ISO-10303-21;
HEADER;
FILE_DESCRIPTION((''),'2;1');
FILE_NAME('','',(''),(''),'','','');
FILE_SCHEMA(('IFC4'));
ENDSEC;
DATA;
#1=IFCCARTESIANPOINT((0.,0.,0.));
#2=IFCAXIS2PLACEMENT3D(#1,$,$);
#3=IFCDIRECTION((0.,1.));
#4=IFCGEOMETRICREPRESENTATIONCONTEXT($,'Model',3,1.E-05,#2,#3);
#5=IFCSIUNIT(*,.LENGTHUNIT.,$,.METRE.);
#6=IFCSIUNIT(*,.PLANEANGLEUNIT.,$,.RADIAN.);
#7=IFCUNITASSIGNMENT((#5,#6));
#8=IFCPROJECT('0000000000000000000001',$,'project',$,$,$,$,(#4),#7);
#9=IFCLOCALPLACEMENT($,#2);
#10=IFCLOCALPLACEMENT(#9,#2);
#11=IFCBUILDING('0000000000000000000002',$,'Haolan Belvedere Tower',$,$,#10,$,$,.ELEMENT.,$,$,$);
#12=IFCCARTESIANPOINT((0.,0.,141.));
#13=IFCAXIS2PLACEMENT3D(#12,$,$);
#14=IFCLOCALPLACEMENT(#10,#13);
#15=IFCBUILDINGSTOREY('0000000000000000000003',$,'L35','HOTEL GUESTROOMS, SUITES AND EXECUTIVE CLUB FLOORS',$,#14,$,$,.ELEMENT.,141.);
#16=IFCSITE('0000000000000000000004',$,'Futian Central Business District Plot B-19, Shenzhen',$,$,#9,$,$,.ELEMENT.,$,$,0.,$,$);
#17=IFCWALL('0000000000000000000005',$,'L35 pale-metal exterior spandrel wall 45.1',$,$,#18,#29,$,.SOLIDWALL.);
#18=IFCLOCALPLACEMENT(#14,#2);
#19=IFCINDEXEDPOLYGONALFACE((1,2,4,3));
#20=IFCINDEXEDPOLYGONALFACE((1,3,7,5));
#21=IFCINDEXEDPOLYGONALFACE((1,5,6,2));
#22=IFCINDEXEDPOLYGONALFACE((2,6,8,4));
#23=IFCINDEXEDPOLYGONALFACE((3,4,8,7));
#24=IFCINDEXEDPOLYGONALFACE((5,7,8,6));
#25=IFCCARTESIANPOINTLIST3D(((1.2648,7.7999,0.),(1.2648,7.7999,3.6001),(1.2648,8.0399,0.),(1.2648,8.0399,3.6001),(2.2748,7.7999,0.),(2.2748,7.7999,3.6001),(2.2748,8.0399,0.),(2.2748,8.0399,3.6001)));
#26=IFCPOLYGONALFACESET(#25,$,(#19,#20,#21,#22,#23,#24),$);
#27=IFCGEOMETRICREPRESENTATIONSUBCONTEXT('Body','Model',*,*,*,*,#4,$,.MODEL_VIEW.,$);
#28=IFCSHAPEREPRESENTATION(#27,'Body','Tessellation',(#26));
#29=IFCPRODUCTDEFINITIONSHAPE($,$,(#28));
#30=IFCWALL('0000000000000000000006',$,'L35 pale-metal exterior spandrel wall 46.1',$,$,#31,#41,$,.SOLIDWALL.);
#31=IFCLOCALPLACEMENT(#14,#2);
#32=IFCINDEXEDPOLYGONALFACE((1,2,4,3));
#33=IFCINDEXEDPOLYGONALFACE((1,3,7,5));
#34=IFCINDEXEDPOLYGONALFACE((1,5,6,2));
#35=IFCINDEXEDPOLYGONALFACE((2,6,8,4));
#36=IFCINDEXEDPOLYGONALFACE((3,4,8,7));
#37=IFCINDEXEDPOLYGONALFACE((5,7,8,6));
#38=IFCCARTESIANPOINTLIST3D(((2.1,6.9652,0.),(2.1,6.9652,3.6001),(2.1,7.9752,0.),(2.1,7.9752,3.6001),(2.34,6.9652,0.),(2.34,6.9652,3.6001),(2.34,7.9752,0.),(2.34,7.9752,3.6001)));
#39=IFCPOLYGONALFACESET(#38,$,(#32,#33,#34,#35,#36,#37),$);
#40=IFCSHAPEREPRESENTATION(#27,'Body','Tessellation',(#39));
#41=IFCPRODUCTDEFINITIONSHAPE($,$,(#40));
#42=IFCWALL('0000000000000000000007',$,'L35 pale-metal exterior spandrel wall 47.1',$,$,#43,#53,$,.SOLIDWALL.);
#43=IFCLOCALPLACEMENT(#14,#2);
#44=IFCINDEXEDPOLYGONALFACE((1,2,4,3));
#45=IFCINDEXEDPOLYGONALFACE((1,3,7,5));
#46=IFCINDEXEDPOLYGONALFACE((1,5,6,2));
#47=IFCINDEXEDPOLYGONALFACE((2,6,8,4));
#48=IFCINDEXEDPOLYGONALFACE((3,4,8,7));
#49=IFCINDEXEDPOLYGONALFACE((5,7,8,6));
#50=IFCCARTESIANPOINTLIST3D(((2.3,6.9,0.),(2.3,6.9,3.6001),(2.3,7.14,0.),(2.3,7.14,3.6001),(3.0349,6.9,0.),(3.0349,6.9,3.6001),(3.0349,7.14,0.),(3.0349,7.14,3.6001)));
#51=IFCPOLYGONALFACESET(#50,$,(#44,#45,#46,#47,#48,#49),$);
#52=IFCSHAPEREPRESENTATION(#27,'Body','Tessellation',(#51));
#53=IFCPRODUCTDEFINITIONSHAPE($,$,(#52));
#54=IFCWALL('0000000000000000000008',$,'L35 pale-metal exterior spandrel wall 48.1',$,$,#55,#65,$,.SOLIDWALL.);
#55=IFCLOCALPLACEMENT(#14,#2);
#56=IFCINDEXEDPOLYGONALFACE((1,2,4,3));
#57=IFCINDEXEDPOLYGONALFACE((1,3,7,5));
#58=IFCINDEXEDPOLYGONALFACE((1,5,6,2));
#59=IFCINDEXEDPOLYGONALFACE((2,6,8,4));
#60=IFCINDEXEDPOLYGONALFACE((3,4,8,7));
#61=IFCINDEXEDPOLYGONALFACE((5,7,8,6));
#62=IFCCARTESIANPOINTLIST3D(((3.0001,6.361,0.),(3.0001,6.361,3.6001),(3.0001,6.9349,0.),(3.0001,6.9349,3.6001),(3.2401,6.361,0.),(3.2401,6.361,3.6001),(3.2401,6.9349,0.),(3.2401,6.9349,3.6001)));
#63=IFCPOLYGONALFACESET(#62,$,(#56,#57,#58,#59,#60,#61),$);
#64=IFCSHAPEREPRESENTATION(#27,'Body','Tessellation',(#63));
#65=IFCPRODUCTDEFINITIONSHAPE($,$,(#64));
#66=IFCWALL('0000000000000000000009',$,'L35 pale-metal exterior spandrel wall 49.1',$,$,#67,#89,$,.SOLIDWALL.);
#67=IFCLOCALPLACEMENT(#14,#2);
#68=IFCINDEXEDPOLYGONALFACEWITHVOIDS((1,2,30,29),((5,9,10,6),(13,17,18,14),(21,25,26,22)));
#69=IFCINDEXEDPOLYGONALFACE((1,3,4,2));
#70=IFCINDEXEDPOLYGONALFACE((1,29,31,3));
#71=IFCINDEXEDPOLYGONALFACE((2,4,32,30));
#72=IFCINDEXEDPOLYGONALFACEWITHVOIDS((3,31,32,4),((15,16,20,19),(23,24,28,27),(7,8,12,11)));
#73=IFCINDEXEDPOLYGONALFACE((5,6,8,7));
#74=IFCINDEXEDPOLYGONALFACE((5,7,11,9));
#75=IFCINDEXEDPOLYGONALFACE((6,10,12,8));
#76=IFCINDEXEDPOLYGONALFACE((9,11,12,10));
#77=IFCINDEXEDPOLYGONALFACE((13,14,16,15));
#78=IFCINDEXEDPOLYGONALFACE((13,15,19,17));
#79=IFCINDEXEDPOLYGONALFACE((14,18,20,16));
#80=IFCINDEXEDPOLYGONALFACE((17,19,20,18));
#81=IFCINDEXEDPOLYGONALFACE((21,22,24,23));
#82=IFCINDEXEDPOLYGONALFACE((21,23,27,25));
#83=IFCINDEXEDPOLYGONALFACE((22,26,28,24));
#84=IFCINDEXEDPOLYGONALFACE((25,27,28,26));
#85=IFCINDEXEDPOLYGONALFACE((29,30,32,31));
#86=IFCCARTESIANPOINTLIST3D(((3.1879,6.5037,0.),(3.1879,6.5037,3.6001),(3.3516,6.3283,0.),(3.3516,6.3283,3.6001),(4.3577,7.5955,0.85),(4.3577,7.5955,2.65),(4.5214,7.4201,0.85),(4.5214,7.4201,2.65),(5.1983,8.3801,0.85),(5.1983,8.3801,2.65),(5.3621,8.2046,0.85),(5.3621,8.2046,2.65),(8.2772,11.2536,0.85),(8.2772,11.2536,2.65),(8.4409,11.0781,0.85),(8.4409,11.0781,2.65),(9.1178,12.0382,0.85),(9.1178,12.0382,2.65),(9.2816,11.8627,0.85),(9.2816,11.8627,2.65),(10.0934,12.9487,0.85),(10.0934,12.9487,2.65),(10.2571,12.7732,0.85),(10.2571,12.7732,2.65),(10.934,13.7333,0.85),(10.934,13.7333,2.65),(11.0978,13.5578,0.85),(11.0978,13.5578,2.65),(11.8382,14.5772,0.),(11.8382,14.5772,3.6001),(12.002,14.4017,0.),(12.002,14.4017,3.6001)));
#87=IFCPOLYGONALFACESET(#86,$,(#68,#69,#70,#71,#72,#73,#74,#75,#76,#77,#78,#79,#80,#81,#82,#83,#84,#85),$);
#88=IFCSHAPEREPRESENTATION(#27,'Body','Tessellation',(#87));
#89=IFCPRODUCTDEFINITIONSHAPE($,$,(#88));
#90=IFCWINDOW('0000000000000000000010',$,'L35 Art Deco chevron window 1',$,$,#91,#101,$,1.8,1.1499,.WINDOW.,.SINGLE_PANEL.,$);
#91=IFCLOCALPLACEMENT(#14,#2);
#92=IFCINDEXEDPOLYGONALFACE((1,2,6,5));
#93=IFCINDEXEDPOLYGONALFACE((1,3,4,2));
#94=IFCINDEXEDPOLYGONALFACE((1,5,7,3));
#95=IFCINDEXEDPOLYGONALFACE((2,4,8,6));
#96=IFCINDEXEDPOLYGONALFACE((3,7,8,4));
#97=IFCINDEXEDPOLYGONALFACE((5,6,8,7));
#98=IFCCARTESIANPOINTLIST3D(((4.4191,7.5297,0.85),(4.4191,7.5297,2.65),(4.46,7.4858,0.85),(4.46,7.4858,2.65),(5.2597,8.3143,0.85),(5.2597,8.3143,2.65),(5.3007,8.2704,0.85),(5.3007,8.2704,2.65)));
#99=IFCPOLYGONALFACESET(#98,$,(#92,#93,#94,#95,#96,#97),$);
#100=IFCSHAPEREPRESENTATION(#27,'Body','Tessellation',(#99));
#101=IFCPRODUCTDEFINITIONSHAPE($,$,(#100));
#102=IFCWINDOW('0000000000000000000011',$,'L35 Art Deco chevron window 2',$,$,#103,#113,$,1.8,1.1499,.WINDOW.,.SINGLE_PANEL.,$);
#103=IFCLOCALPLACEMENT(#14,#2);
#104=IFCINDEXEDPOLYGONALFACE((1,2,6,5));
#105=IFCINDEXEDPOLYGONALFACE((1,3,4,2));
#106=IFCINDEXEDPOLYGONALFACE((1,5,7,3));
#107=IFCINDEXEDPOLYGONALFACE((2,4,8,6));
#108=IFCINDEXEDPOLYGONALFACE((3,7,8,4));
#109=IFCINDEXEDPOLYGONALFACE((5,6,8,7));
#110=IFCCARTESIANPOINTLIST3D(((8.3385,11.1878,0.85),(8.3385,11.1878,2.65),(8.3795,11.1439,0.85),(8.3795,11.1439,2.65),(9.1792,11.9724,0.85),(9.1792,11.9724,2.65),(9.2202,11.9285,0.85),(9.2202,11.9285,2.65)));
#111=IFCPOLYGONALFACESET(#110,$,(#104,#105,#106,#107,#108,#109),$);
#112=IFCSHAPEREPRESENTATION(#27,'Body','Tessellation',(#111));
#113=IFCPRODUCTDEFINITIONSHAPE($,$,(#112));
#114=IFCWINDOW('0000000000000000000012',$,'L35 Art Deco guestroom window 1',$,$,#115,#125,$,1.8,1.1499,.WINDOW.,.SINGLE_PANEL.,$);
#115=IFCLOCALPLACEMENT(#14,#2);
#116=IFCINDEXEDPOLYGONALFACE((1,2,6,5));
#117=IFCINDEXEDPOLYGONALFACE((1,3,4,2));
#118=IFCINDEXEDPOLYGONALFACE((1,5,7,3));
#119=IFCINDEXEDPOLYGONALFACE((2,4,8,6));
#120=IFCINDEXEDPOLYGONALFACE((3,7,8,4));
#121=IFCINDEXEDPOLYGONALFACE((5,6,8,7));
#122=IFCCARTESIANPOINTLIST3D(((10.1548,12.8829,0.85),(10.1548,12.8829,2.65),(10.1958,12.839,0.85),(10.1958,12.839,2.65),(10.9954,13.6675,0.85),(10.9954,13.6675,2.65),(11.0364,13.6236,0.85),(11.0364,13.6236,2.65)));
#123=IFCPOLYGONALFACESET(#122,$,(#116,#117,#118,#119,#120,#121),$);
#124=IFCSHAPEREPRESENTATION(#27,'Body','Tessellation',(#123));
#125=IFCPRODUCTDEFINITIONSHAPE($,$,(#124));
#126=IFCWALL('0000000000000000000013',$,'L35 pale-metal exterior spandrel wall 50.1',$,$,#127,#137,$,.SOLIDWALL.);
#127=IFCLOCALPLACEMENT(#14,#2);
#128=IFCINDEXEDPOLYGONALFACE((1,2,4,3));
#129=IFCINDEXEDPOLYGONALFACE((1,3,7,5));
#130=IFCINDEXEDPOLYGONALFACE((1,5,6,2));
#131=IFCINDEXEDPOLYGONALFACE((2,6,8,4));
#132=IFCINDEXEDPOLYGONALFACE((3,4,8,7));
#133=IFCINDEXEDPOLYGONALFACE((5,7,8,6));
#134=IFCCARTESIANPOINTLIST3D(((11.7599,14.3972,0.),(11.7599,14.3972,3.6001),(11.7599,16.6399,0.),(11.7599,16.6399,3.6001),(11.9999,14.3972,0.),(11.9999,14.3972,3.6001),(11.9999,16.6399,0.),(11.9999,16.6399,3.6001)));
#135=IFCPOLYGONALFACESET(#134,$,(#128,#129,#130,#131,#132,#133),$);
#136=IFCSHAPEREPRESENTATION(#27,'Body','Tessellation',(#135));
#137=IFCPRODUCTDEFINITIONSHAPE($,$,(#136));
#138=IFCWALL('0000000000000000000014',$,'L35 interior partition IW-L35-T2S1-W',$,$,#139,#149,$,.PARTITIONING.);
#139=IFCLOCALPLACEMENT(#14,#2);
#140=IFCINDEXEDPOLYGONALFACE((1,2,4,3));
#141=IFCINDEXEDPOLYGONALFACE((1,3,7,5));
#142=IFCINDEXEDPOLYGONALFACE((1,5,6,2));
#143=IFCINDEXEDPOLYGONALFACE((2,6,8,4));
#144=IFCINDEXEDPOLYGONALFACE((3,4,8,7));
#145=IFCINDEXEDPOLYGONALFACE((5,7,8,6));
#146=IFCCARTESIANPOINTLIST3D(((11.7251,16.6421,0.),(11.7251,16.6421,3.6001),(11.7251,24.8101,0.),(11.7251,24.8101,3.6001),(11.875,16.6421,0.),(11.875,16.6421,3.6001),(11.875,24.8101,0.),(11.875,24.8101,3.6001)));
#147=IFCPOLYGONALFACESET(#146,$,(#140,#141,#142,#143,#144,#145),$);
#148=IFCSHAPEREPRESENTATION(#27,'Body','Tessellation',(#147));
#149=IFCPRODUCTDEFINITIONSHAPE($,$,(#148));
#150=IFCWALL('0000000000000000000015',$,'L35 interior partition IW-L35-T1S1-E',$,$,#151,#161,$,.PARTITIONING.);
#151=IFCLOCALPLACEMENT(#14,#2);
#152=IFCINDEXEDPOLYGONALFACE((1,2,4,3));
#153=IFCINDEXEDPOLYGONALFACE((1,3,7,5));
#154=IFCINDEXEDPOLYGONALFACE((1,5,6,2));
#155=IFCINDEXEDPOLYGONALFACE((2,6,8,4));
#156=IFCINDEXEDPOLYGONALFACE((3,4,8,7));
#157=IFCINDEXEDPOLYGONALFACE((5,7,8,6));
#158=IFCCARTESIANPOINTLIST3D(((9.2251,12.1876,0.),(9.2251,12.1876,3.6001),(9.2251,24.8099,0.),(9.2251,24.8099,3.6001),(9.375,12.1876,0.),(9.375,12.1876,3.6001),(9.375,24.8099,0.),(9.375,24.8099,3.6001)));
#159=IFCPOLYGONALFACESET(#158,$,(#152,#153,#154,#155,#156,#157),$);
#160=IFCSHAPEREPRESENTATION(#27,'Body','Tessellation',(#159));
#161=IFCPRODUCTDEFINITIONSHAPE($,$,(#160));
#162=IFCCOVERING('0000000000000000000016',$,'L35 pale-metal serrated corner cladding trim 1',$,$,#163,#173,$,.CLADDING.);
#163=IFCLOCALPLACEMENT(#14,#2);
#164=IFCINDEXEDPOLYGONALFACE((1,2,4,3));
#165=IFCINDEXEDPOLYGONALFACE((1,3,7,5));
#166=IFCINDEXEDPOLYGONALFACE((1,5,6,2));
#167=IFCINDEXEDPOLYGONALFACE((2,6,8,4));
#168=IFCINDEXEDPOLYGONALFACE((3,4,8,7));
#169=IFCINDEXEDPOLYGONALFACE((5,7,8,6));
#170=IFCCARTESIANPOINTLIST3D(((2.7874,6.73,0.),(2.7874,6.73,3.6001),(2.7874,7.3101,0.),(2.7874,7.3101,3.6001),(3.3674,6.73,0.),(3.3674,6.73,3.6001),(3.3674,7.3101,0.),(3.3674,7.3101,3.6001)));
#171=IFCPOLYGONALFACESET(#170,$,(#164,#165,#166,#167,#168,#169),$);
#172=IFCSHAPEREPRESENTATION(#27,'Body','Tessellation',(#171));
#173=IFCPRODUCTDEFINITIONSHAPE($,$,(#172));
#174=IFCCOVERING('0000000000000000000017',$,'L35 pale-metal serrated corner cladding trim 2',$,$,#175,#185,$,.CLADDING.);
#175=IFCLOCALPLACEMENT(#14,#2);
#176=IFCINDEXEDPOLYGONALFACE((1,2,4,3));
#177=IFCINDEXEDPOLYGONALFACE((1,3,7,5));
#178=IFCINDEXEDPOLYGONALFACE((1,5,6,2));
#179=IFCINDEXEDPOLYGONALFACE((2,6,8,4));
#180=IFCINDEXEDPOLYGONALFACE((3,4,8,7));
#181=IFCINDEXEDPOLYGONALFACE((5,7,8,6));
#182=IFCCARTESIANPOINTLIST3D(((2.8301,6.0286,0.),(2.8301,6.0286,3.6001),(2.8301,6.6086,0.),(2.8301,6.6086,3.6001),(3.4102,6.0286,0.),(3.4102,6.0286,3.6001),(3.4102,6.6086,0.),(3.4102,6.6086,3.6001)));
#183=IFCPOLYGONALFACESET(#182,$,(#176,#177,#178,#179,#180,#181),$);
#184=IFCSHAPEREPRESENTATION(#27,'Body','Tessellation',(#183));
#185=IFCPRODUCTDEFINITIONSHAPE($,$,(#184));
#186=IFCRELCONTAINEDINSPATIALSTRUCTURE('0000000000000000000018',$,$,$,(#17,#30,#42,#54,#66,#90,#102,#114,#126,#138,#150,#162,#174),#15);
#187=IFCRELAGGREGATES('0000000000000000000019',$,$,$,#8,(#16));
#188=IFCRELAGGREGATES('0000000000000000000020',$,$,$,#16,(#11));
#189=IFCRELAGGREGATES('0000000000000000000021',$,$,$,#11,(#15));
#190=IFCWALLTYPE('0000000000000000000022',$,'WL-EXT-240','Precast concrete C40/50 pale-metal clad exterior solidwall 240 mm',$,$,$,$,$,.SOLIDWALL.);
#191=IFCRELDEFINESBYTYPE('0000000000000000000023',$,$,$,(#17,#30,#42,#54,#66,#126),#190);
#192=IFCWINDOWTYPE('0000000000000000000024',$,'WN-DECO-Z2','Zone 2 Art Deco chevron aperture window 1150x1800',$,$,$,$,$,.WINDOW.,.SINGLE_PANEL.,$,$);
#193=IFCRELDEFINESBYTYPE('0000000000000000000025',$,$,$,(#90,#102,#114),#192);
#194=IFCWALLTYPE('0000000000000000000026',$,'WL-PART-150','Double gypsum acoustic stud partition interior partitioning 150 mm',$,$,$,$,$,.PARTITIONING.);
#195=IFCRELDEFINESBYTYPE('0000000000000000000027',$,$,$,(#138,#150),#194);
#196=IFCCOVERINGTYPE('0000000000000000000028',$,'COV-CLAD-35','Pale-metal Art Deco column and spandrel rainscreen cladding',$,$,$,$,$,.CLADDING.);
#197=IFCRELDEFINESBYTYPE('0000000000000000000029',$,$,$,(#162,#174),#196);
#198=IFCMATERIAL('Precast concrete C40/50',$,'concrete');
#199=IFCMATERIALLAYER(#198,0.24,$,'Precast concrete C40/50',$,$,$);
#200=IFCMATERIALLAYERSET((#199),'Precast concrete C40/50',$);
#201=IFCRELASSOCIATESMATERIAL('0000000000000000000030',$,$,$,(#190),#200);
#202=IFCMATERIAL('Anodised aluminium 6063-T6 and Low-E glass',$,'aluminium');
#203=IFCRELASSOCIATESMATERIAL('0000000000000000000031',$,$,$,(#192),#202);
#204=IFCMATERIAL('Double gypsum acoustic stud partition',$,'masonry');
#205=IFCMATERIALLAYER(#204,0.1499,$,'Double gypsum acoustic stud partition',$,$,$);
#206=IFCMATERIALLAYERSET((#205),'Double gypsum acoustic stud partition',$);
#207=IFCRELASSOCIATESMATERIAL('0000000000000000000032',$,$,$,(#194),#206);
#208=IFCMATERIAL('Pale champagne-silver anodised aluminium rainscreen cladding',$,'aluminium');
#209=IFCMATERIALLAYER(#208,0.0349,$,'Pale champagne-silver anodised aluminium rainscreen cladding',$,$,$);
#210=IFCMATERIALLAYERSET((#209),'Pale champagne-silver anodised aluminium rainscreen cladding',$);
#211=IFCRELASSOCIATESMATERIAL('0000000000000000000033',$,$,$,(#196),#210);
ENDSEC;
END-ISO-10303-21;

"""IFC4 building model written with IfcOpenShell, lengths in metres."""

from ifc_helpers import new_model, si_unit, direction, frame, frame_2d, origin, origin_2d, place, context, subcontext, project, spatial, rectangle, extrude, material, layer, layer_set, type_object, element, fill, save


model = new_model("IFC4")

# Units and contexts
model_context = context("Model", 3, precision=1e-05, world=origin(), true_north=direction((0.0, 1.0)))
body_context = subcontext(model_context, "Body", "Model", "MODEL_VIEW")
ifc_project = project(units=[si_unit("LENGTHUNIT", "METRE"), si_unit("PLANEANGLEUNIT", "RADIAN")], contexts=[model_context])

# Site, building, storey
site_placement = place(None, origin())
site = spatial("IfcSite", under=ifc_project, at=site_placement, Name="Futian Central Business District Plot B-19, Shenzhen", CompositionType="ELEMENT", RefElevation=0.0)
building_placement = place(site_placement, origin())
building = spatial("IfcBuilding", under=site, at=building_placement, Name="Haolan Belvedere Tower", CompositionType="ELEMENT")
storey_placement = place(building_placement, frame((0.0, 0.0, 141.0)))
storey = spatial("IfcBuildingStorey", under=building, at=storey_placement, Name="L35", Description="HOTEL GUESTROOMS, SUITES AND EXECUTIVE CLUB FLOORS", CompositionType="ELEMENT", Elevation=141.0)

# Walls
ifc_material_1 = material(Name="Precast concrete C40/50", Category="concrete")
ifc_layer_1 = layer(ifc_material_1, 0.24, Name="Precast concrete C40/50")
ifc_layer_set_1 = layer_set([ifc_layer_1], Name="Precast concrete C40/50")
wall_type_1 = type_object("IfcWallType", Name="WL-EXT-240", Description="Precast concrete C40/50 pale-metal clad exterior solidwall 240 mm", PredefinedType="SOLIDWALL", material=ifc_layer_set_1)
for number, where, z_axis, x_axis, name in (
    (1, (1.2649, 7.9199, 0.0), (0.0, 0.0, 1.0), (1.0, 0.0, 0.0), "L35 pale-metal exterior spandrel wall 45.1"),
    (2, (2.22, 7.9751, 0.0), (0.0, 0.0, 1.0), (0.0, -1.0, 0.0), "L35 pale-metal exterior spandrel wall 46.1"),
):
    element("IfcWall", number, at=place(storey_placement, frame(where, z_axis=z_axis, x_axis=x_axis)), inside=storey, type_object=wall_type_1, Name=name, PredefinedType="SOLIDWALL", context=body_context, shape_type="SweptSolid", body=[
        extrude(rectangle(XDim=1.01, YDim=0.24, at=frame_2d((0.5049, 0.0))), origin(), (0.0, 0.0, 1.0), 3.6001),
    ])
wall_1_placement = place(storey_placement, frame((2.3, 7.02, 0.0), z_axis=(0.0, 0.0, 1.0), x_axis=(1.0, 0.0, 0.0)))
element("IfcWall", 3, at=wall_1_placement, inside=storey, type_object=wall_type_1, Name="L35 pale-metal exterior spandrel wall 47.1", PredefinedType="SOLIDWALL", context=body_context, shape_type="SweptSolid", body=[
    extrude(rectangle(XDim=0.7349, YDim=0.24, at=frame_2d((0.3674, 0.0))), origin(), (0.0, 0.0, 1.0), 3.6001),
])
wall_2_placement = place(storey_placement, frame((3.1201, 6.9351, 0.0), z_axis=(0.0, 0.0, 1.0), x_axis=(0.0, -1.0, 0.0)))
element("IfcWall", 4, at=wall_2_placement, inside=storey, type_object=wall_type_1, Name="L35 pale-metal exterior spandrel wall 48.1", PredefinedType="SOLIDWALL", context=body_context, shape_type="SweptSolid", body=[
    extrude(rectangle(XDim=0.574, YDim=0.24, at=frame_2d((0.2871, 0.0))), origin(), (0.0, 0.0, 1.0), 3.6001),
])

# Wall, openings, windows
wall_3_placement = place(storey_placement, frame((3.2698, 6.416, 0.0), z_axis=(0.0, 0.0, 1.0), x_axis=(0.731064, 0.682309, 0.0)))
wall_3 = element("IfcWall", 5, at=wall_3_placement, inside=storey, type_object=wall_type_1, Name="L35 pale-metal exterior spandrel wall 49.1", PredefinedType="SOLIDWALL", context=body_context, shape_type="SweptSolid", body=[
    extrude(rectangle(XDim=11.8325, YDim=0.24, at=frame_2d((5.9163, 0.0))), origin(), (0.0, 0.0, 1.0), 3.6001),
])
opening_1_placement = place(wall_3_placement, frame((1.6001, 0.0, 0.8501)))
opening_1 = element("IfcOpeningElement", 6, at=opening_1_placement, cuts=wall_3, PredefinedType="OPENING", context=body_context, shape_type="SweptSolid", body=[
    extrude(rectangle(XDim=1.1499, YDim=1.8, at=frame_2d((0.575, 0.8999))), frame((0.0, 0.1299, 0.0), z_axis=(0.0, -1.0, 0.0), x_axis=(1.0, 0.0, 0.0)), (0.0, 0.0, 1.0), 0.26),
])
opening_2_placement = place(wall_3_placement, frame((6.9614, 0.0, 0.8501)))
opening_2 = element("IfcOpeningElement", 7, at=opening_2_placement, cuts=wall_3, PredefinedType="OPENING", context=body_context, shape_type="SweptSolid", body=[
    extrude(rectangle(XDim=1.1499, YDim=1.8, at=frame_2d((0.575, 0.8999))), frame((0.0, 0.1299, 0.0), z_axis=(0.0, -1.0, 0.0), x_axis=(1.0, 0.0, 0.0)), (0.0, 0.0, 1.0), 0.26),
])
opening_3_placement = place(wall_3_placement, frame((9.4458, 0.0, 0.8501)))
opening_3 = element("IfcOpeningElement", 8, at=opening_3_placement, cuts=wall_3, PredefinedType="OPENING", context=body_context, shape_type="SweptSolid", body=[
    extrude(rectangle(XDim=1.1499, YDim=1.8, at=frame_2d((0.575, 0.8999))), frame((0.0, 0.1299, 0.0), z_axis=(0.0, -1.0, 0.0), x_axis=(1.0, 0.0, 0.0)), (0.0, 0.0, 1.0), 0.26),
])
ifc_material_2 = material(Name="Anodised aluminium 6063-T6 and Low-E glass", Category="aluminium")
window_type = type_object("IfcWindowType", Name="WN-DECO-Z2", Description="Zone 2 Art Deco chevron aperture window 1150x1800", PartitioningType="SINGLE_PANEL", PredefinedType="WINDOW", material=ifc_material_2)
window_1_placement = place(opening_1_placement, origin())
window_1 = element("IfcWindow", 9, at=window_1_placement, inside=storey, type_object=window_type, Name="L35 Art Deco chevron window 1", OverallHeight=1.8, OverallWidth=1.1499, PartitioningType="SINGLE_PANEL", PredefinedType="WINDOW", context=body_context, shape_type="SweptSolid", body=[
    extrude(rectangle(XDim=1.1499, YDim=1.8, at=frame_2d((0.575, 0.8999))), frame((0.0, 0.03, 0.0), z_axis=(0.0, -1.0, 0.0), x_axis=(1.0, 0.0, 0.0)), (0.0, 0.0, 1.0), 0.0601),
])
fill(opening_1, window_1)
window_2_placement = place(opening_2_placement, origin())
window_2 = element("IfcWindow", 10, at=window_2_placement, inside=storey, type_object=window_type, Name="L35 Art Deco chevron window 2", OverallHeight=1.8, OverallWidth=1.1499, PartitioningType="SINGLE_PANEL", PredefinedType="WINDOW", context=body_context, shape_type="SweptSolid", body=[
    extrude(rectangle(XDim=1.1499, YDim=1.8, at=frame_2d((0.575, 0.8999))), frame((0.0, 0.03, 0.0), z_axis=(0.0, -1.0, 0.0), x_axis=(1.0, 0.0, 0.0)), (0.0, 0.0, 1.0), 0.0601),
])
fill(opening_2, window_2)
window_3_placement = place(opening_3_placement, origin())
window_3 = element("IfcWindow", 11, at=window_3_placement, inside=storey, type_object=window_type, Name="L35 Art Deco guestroom window 1", OverallHeight=1.8, OverallWidth=1.1499, PartitioningType="SINGLE_PANEL", PredefinedType="WINDOW", context=body_context, shape_type="SweptSolid", body=[
    extrude(rectangle(XDim=1.1499, YDim=1.8, at=frame_2d((0.575, 0.8999))), frame((0.0, 0.03, 0.0), z_axis=(0.0, -1.0, 0.0), x_axis=(1.0, 0.0, 0.0)), (0.0, 0.0, 1.0), 0.0601),
])
fill(opening_3, window_3)

# Walls
wall_4_placement = place(storey_placement, frame((11.8799, 14.3972, 0.0), z_axis=(0.0, 0.0, 1.0), x_axis=(0.0, 1.0, 0.0)))
element("IfcWall", 12, at=wall_4_placement, inside=storey, type_object=wall_type_1, Name="L35 pale-metal exterior spandrel wall 50.1", PredefinedType="SOLIDWALL", context=body_context, shape_type="SweptSolid", body=[
    extrude(rectangle(XDim=2.2427, YDim=0.24, at=frame_2d((1.1213, 0.0))), origin(), (0.0, 0.0, 1.0), 3.6001),
])
ifc_material_3 = material(Name="Double gypsum acoustic stud partition", Category="masonry")
ifc_layer_2 = layer(ifc_material_3, 0.1499, Name="Double gypsum acoustic stud partition")
ifc_layer_set_2 = layer_set([ifc_layer_2], Name="Double gypsum acoustic stud partition")
wall_type_2 = type_object("IfcWallType", Name="WL-PART-150", Description="Double gypsum acoustic stud partition interior partitioning 150 mm", PredefinedType="PARTITIONING", material=ifc_layer_set_2)
wall_5_placement = place(storey_placement, frame((11.8, 16.6421, 0.0), z_axis=(0.0, 0.0, 1.0), x_axis=(0.0, 1.0, 0.0)))
element("IfcWall", 13, at=wall_5_placement, inside=storey, type_object=wall_type_2, Name="L35 interior partition IW-L35-T2S1-W", PredefinedType="PARTITIONING", context=body_context, shape_type="SweptSolid", body=[
    extrude(rectangle(XDim=8.168, YDim=0.1499, at=frame_2d((4.084, 0.0))), origin(), (0.0, 0.0, 1.0), 3.6001),
])
wall_6_placement = place(storey_placement, frame((9.3, 12.1877, 0.0), z_axis=(0.0, 0.0, 1.0), x_axis=(0.0, 1.0, 0.0)))
element("IfcWall", 14, at=wall_6_placement, inside=storey, type_object=wall_type_2, Name="L35 interior partition IW-L35-T1S1-E", PredefinedType="PARTITIONING", context=body_context, shape_type="SweptSolid", body=[
    extrude(rectangle(XDim=12.6223, YDim=0.1499, at=frame_2d((6.311, 0.0))), origin(), (0.0, 0.0, 1.0), 3.6001),
])

# Coverings
ifc_material_4 = material(Name="Pale champagne-silver anodised aluminium rainscreen cladding", Category="aluminium")
ifc_layer_3 = layer(ifc_material_4, 0.0349, Name="Pale champagne-silver anodised aluminium rainscreen cladding")
ifc_layer_set_3 = layer_set([ifc_layer_3], Name="Pale champagne-silver anodised aluminium rainscreen cladding")
covering_type_1 = type_object("IfcCoveringType", Name="COV-CLAD-35", Description="Pale-metal Art Deco column and spandrel rainscreen cladding", PredefinedType="CLADDING", material=ifc_layer_set_3)
for number, where, z_axis, x_axis, name in (
    (15, (3.0774, 7.02, 0.0), (0.0, 0.0, 1.0), (1.0, 0.0, 0.0), "L35 pale-metal serrated corner cladding trim 1"),
    (16, (3.1201, 6.3186, 0.0), (0.0, 0.0, 1.0), (1.0, 0.0, 0.0), "L35 pale-metal serrated corner cladding trim 2"),
):
    element("IfcCovering", number, at=place(storey_placement, frame(where, z_axis=z_axis, x_axis=x_axis)), inside=storey, type_object=covering_type_1, Name=name, PredefinedType="CLADDING", context=body_context, shape_type="SweptSolid", body=[
        extrude(rectangle(XDim=0.5801, YDim=0.5801, at=origin_2d()), origin(), (0.0, 0.0, 1.0), 3.6001),
    ])

save(model, "model.ifc")
